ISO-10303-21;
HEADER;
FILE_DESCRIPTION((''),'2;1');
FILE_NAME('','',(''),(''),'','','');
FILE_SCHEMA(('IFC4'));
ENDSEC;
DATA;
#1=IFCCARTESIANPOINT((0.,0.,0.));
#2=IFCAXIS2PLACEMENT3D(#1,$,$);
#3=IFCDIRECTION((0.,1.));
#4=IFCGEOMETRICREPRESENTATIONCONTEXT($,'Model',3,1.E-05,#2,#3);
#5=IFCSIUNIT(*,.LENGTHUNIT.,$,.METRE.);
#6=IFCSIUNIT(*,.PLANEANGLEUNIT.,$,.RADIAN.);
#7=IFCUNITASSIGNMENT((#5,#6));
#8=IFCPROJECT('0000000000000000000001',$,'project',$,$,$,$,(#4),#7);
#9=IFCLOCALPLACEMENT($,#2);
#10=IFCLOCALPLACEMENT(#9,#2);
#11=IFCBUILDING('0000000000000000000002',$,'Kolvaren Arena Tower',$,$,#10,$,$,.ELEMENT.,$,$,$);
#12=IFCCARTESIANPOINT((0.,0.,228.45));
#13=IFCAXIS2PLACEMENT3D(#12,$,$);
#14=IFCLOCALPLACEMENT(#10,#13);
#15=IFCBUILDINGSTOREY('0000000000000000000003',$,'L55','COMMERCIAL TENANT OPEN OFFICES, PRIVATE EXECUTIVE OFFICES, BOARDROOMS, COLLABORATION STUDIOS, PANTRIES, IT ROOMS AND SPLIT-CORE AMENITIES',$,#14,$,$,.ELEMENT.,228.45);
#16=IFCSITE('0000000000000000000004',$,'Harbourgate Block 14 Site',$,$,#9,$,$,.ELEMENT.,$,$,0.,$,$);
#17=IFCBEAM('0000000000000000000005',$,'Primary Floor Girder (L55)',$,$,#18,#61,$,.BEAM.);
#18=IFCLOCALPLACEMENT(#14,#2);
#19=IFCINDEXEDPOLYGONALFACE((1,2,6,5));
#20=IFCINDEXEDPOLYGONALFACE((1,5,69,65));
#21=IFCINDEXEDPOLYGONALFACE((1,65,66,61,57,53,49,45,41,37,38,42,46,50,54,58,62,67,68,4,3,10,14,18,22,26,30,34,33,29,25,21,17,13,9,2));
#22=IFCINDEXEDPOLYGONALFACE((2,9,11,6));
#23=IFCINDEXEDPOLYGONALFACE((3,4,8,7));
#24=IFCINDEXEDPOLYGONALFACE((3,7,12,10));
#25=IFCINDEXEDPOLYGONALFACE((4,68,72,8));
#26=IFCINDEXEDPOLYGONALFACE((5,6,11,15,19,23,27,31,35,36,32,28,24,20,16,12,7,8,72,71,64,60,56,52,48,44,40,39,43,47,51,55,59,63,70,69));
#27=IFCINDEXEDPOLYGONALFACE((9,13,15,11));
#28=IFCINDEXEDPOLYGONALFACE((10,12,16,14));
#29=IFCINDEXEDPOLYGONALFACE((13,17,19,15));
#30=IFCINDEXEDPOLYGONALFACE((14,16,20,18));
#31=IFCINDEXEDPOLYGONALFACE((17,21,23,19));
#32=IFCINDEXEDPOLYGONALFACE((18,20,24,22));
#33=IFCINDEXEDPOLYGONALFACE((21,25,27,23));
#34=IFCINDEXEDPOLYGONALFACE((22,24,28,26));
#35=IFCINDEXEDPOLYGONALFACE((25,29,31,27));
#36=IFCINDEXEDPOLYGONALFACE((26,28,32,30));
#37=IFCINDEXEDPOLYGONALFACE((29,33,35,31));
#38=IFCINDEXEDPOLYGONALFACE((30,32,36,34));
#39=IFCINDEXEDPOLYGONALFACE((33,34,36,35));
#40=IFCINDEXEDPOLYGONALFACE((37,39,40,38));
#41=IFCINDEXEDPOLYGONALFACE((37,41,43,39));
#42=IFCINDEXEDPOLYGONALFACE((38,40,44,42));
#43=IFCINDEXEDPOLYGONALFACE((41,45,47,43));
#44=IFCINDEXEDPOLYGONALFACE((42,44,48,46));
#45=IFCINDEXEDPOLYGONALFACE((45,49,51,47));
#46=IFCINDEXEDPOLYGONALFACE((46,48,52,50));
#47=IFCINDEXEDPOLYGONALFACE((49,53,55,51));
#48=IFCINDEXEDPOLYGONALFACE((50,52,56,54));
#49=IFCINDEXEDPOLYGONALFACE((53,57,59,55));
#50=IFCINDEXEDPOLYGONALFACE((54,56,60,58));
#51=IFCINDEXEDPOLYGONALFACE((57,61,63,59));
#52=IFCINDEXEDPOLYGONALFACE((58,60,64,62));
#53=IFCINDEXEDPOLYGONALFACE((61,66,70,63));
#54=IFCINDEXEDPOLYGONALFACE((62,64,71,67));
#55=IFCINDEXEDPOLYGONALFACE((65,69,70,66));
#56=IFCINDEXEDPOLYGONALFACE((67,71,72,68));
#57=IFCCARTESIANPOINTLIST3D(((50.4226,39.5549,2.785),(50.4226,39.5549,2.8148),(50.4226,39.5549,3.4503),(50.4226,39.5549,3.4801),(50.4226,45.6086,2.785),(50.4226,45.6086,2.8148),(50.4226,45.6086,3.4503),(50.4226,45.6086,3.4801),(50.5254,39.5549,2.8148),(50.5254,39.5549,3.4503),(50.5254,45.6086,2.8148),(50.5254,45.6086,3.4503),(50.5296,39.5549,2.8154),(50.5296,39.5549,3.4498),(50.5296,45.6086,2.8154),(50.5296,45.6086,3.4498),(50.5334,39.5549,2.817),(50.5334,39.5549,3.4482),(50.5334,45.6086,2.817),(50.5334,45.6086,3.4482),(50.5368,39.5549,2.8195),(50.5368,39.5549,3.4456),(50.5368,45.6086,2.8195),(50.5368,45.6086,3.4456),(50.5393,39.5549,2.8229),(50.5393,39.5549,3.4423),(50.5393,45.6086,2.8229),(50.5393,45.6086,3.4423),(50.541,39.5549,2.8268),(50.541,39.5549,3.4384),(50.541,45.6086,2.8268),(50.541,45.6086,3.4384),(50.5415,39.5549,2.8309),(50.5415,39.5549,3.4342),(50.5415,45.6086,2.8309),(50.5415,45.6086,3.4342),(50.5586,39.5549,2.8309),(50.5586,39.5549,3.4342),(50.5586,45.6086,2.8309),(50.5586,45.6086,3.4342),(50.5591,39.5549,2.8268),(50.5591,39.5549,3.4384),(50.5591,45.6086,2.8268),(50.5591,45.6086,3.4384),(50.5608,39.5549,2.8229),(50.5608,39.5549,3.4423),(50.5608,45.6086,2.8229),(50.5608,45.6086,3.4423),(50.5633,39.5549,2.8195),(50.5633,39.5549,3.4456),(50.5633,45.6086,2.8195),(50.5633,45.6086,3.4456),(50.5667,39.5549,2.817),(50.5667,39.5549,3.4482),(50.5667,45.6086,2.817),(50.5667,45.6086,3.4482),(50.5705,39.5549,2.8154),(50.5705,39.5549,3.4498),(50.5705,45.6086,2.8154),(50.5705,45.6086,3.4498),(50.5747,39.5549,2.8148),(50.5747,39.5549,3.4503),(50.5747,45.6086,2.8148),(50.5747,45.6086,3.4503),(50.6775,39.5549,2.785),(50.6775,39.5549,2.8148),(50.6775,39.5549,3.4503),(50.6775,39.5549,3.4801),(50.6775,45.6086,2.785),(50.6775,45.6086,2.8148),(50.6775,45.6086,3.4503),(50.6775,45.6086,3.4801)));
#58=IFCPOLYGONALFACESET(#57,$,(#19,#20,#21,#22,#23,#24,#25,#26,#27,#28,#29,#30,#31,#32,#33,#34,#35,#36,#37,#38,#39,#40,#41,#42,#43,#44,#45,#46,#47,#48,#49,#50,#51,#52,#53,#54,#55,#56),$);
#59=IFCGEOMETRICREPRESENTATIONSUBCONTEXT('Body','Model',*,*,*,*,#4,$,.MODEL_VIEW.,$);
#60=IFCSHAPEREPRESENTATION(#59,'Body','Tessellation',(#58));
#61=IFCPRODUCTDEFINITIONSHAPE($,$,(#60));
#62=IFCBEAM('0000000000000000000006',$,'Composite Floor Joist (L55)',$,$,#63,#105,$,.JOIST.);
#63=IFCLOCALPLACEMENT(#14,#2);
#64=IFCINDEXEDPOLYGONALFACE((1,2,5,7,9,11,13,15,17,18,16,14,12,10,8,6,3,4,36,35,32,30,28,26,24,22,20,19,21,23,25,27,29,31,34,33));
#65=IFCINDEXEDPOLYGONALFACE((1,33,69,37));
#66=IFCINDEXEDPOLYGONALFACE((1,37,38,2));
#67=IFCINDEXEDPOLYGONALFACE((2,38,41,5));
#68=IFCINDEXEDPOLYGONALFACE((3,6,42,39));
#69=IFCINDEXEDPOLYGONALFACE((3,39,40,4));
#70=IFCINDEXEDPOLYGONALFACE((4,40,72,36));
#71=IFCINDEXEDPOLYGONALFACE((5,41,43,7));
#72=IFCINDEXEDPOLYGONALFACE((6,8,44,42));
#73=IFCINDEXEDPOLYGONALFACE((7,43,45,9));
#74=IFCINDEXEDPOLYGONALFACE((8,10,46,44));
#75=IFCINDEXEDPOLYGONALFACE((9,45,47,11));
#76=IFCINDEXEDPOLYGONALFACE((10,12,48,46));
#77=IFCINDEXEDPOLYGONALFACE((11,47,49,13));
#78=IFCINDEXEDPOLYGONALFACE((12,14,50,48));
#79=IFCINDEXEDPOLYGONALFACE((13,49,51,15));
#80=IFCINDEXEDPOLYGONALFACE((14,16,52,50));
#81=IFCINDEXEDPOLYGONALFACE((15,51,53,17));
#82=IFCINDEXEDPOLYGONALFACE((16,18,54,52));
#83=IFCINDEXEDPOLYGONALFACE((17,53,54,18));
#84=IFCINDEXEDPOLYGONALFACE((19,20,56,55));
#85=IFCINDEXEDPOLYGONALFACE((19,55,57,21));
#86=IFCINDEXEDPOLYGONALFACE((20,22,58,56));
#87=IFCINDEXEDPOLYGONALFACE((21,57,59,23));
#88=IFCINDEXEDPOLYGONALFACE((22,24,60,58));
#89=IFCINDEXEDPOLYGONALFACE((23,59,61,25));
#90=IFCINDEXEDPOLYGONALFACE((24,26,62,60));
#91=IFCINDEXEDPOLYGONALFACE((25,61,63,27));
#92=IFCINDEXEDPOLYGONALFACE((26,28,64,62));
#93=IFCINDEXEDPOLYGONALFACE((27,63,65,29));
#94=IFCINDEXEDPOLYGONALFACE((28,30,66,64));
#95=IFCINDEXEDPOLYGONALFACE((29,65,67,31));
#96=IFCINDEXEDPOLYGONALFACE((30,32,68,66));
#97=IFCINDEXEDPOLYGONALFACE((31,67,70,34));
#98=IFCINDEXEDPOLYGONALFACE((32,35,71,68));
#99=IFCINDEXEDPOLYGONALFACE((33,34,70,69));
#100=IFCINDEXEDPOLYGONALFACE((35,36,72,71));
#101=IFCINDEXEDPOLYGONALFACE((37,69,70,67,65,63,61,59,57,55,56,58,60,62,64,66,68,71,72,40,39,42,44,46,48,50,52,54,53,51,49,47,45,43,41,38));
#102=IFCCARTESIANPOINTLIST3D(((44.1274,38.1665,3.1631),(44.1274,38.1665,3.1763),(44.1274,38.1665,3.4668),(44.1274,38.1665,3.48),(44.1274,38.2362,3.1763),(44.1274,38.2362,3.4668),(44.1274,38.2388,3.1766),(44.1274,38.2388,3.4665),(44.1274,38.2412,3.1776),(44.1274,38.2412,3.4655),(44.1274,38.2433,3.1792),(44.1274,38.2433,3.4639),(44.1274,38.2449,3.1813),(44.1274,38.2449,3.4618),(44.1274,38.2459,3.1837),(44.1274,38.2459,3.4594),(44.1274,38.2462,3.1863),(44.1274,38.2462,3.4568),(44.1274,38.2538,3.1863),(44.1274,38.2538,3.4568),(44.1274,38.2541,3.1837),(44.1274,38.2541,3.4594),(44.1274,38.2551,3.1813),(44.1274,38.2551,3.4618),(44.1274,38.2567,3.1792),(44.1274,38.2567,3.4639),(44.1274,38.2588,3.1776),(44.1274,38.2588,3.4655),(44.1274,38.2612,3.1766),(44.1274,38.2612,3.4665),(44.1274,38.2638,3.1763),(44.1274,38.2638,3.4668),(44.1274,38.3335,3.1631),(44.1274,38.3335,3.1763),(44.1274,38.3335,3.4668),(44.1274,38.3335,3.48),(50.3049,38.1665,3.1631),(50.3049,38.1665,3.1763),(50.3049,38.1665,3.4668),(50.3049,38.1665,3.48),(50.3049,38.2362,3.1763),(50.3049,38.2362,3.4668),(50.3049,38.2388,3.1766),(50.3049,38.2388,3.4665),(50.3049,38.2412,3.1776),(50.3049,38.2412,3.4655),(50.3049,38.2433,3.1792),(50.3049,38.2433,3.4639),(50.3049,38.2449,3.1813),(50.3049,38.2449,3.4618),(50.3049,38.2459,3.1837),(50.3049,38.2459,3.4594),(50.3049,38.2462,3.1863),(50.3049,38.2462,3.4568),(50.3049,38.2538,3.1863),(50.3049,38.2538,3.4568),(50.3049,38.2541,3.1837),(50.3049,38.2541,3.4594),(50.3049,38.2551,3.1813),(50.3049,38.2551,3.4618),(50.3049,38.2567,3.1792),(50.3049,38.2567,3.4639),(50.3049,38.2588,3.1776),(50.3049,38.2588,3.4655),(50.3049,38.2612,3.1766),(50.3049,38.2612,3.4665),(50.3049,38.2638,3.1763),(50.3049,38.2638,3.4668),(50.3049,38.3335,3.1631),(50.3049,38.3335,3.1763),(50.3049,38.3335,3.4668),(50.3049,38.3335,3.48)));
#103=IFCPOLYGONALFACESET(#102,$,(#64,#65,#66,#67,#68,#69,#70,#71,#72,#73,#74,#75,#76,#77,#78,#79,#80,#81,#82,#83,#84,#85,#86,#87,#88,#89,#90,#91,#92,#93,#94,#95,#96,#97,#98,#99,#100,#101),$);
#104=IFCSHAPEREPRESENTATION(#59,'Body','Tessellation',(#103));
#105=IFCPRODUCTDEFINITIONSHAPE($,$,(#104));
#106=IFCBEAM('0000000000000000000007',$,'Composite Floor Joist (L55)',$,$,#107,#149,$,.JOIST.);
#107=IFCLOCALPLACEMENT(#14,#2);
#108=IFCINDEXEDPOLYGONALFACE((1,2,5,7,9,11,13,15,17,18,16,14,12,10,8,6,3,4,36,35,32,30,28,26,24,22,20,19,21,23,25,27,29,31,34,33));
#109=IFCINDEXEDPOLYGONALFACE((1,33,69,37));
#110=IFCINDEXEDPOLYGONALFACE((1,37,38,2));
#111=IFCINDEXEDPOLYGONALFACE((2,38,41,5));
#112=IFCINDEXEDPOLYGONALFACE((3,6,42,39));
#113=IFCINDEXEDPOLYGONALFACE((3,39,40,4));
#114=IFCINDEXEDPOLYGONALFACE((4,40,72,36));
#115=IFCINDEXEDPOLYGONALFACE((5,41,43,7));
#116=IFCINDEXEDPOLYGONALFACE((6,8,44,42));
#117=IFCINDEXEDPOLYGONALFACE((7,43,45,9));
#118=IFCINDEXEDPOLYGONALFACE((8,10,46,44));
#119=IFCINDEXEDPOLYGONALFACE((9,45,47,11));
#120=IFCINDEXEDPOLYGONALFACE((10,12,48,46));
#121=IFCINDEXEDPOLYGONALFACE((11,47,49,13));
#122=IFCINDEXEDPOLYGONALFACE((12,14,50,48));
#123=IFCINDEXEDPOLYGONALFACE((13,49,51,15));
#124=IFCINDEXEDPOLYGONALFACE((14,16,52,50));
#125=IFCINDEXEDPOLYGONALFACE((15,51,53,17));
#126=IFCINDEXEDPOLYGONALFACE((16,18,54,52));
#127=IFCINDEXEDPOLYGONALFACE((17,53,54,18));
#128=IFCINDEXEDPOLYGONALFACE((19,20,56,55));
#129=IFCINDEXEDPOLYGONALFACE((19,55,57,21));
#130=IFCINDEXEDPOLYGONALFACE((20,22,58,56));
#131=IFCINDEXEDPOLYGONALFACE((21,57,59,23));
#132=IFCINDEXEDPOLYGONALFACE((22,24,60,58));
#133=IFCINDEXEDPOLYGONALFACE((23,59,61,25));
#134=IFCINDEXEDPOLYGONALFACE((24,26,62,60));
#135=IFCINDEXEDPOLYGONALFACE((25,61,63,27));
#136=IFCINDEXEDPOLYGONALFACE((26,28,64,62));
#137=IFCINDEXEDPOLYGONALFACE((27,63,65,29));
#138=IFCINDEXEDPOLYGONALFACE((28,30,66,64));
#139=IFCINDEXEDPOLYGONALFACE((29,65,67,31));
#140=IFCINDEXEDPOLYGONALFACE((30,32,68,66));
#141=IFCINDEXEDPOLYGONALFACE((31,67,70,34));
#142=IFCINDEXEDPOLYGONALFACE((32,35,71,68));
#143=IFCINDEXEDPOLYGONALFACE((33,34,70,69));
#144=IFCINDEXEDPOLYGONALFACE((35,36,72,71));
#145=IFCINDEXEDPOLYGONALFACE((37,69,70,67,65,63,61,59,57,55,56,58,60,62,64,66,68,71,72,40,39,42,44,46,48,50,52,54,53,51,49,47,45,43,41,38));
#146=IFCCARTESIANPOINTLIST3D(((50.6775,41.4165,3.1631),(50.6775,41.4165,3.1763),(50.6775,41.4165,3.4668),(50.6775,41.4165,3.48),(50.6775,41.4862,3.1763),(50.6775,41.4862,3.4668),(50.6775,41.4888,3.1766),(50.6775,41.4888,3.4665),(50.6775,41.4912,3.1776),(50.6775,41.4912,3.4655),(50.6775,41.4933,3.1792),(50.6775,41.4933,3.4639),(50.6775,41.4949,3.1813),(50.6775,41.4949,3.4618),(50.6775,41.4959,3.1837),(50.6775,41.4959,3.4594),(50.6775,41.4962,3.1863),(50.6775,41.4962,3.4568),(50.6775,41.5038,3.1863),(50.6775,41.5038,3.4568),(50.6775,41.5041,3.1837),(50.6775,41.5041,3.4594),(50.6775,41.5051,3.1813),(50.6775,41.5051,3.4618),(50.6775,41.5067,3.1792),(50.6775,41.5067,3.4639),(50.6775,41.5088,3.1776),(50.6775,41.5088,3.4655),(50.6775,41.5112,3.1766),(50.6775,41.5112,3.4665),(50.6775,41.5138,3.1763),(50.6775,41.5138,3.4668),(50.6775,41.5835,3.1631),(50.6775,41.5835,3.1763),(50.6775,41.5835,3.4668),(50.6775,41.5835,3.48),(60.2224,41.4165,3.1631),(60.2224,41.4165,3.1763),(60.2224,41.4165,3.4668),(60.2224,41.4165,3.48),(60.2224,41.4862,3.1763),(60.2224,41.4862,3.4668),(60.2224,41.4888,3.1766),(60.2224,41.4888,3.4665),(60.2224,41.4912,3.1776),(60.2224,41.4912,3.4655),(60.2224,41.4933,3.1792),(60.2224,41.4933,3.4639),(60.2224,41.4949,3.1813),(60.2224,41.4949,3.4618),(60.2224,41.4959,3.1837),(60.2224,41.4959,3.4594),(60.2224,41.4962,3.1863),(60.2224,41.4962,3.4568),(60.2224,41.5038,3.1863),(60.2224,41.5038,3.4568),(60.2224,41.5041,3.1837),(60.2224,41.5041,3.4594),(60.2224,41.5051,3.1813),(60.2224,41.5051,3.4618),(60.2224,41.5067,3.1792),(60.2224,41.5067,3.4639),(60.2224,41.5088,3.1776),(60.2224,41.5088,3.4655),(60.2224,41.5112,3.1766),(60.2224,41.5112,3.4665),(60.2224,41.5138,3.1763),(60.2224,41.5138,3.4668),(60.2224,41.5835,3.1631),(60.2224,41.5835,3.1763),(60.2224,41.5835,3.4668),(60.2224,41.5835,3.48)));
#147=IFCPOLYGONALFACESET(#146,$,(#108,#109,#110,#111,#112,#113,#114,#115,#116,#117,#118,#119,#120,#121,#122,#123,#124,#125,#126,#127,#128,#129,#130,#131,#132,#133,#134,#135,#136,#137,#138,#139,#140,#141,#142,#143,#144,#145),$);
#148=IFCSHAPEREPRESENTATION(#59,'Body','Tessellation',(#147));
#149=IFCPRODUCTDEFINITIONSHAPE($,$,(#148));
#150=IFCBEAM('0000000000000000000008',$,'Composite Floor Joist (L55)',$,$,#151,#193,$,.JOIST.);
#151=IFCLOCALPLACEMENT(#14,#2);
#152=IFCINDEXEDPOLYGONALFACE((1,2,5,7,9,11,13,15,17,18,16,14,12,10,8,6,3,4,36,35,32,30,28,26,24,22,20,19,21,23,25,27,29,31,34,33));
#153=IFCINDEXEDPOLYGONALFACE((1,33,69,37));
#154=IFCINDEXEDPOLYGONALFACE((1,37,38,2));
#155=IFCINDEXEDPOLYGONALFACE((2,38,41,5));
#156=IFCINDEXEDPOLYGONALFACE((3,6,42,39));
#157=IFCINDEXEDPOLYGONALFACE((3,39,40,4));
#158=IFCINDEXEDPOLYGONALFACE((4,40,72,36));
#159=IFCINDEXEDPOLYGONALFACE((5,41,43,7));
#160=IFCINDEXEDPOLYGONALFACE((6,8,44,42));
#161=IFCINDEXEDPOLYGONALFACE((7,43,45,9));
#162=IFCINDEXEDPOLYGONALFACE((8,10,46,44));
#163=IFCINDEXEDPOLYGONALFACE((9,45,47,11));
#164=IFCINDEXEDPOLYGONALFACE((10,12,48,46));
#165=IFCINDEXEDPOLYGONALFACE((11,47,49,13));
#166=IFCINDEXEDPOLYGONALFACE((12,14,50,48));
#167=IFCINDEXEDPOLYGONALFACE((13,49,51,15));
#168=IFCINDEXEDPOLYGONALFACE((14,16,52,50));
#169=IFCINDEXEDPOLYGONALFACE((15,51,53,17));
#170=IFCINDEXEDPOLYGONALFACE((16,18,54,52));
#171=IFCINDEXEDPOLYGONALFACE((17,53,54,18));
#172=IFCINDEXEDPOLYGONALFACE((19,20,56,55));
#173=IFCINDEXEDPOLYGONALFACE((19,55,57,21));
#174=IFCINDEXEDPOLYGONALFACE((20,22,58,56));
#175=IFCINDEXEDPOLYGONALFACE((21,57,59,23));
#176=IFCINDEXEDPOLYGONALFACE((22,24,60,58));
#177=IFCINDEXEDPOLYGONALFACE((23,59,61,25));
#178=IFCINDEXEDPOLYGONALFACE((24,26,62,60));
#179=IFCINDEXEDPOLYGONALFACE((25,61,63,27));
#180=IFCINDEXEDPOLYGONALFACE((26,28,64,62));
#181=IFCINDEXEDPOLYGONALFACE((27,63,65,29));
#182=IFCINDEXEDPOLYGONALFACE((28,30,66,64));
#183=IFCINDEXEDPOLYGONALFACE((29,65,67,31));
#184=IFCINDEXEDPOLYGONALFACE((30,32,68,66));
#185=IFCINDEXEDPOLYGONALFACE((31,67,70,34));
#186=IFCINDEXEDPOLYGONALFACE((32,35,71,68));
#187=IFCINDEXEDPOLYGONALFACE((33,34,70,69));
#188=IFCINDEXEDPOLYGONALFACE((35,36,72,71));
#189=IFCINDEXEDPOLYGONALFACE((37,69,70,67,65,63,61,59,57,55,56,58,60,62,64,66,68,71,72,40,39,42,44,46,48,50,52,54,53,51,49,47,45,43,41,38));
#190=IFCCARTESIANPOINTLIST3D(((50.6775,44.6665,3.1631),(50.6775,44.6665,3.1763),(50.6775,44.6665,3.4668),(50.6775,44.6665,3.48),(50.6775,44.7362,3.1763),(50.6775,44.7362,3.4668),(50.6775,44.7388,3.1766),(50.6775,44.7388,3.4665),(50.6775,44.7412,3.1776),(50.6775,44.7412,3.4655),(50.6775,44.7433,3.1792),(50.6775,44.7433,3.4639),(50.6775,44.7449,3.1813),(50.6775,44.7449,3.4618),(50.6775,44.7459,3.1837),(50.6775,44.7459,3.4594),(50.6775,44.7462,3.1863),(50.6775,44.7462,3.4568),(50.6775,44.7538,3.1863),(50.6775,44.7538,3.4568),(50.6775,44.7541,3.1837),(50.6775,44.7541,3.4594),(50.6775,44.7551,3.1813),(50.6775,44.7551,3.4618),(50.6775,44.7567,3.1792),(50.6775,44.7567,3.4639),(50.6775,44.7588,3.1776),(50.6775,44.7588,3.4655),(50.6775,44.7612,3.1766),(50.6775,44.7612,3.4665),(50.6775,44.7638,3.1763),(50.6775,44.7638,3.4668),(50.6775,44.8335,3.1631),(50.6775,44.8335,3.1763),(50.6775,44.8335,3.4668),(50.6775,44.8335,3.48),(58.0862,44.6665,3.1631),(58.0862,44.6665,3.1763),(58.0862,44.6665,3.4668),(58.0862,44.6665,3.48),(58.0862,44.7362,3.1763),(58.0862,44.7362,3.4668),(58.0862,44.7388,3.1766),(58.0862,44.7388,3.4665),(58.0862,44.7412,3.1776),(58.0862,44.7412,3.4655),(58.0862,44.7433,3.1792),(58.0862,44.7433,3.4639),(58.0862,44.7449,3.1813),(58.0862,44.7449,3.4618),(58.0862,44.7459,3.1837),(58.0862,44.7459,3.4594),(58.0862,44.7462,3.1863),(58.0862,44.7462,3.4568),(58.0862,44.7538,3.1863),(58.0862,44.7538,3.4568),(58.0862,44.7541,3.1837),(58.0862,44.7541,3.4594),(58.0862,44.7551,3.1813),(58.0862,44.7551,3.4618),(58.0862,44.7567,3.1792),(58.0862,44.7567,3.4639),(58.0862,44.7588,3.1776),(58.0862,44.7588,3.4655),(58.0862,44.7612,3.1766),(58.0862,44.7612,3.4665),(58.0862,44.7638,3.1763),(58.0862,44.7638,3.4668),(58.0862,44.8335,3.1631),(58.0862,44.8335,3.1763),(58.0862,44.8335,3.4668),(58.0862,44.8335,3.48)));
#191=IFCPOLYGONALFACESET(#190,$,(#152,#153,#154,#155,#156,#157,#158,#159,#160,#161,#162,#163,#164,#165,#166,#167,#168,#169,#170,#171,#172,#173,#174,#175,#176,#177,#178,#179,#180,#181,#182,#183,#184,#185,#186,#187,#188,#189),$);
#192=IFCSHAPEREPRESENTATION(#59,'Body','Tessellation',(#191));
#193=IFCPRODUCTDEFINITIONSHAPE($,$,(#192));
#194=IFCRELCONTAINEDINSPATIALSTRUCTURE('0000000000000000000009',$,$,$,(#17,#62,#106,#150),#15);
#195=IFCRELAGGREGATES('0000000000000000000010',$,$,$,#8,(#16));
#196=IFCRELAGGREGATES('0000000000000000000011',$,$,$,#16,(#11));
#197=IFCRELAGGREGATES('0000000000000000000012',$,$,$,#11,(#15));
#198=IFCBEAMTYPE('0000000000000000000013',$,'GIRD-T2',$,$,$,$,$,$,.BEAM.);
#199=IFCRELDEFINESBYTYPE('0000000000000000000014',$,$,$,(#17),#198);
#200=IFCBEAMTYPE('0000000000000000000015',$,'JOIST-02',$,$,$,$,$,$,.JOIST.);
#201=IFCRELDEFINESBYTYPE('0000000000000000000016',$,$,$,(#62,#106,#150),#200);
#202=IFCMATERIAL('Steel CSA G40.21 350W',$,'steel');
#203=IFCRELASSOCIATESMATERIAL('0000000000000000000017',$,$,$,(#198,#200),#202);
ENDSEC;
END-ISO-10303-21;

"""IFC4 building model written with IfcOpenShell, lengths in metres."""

from ifc_helpers import new_model, si_unit, direction, frame, origin, origin_2d, place, context, subcontext, project, spatial, i_section, extrude, material, material_profile, profile_set, type_object, element, save


model = new_model("IFC4")

# Units and contexts
model_context = context("Model", 3, precision=1e-05, world=origin(), true_north=direction((0.0, 1.0)))
body_context = subcontext(model_context, "Body", "Model", "MODEL_VIEW")
ifc_project = project(units=[si_unit("LENGTHUNIT", "METRE"), si_unit("PLANEANGLEUNIT", "RADIAN")], contexts=[model_context])

# Site, building, storey
site_placement = place(None, origin())
site = spatial("IfcSite", under=ifc_project, at=site_placement, Name="Harbourgate Block 14 Site", CompositionType="ELEMENT", RefElevation=0.0)
building_placement = place(site_placement, origin())
building = spatial("IfcBuilding", under=site, at=building_placement, Name="Kolvaren Arena Tower", CompositionType="ELEMENT")
storey_placement = place(building_placement, frame((0.0, 0.0, 228.45)))
storey = spatial("IfcBuildingStorey", under=building, at=storey_placement, Name="L55", Description="COMMERCIAL TENANT OPEN OFFICES, PRIVATE EXECUTIVE OFFICES, BOARDROOMS, COLLABORATION STUDIOS, PANTRIES, IT ROOMS AND SPLIT-CORE AMENITIES", CompositionType="ELEMENT", Elevation=228.45)

# Beams
ifc_material_1 = material(Name="Steel CSA G40.21 350W", Category="steel")
ifc_material_profile_1 = material_profile(ifc_material_1, i_section(OverallWidth=0.2549, OverallDepth=0.6951, WebThickness=0.0171, FlangeThickness=0.0298, FilletRadius=0.0161, at=origin_2d()), Name="W690x217")
ifc_profile_set_1 = profile_set([ifc_material_profile_1], Name="Steel CSA G40.21 350W")
beam_type_1 = type_object("IfcBeamType", Name="GIRD-T2", PredefinedType="BEAM", material=ifc_profile_set_1)
beam_1_placement = place(storey_placement, frame((50.55, 39.5549, 3.1326), z_axis=(0.0, 1.0, 0.0), x_axis=(-1.0, 0.0, 0.0)))
element("IfcBeam", 1, at=beam_1_placement, inside=storey, type_object=beam_type_1, Name="Primary Floor Girder (L55)", PredefinedType="BEAM", context=body_context, shape_type="SweptSolid", body=[
    extrude(i_section(OverallWidth=0.2549, OverallDepth=0.6951, WebThickness=0.0171, FlangeThickness=0.0298, FilletRadius=0.0161, at=origin_2d()), origin(), (0.0, 0.0, 1.0), 6.0537),
])
ifc_material_profile_2 = material_profile(ifc_material_1, i_section(OverallWidth=0.167, OverallDepth=0.3169, WebThickness=0.0076, FlangeThickness=0.0132, FilletRadius=0.01, at=origin_2d()), Name="W310x52")
ifc_profile_set_2 = profile_set([ifc_material_profile_2], Name="Steel CSA G40.21 350W")
beam_type_2 = type_object("IfcBeamType", Name="JOIST-02", PredefinedType="JOIST", material=ifc_profile_set_2)
beam_2_placement = place(storey_placement, frame((44.1274, 38.25, 3.3215), z_axis=(1.0, 0.0, 0.0), x_axis=(0.0, 1.0, 0.0)))
element("IfcBeam", 2, at=beam_2_placement, inside=storey, type_object=beam_type_2, Name="Composite Floor Joist (L55)", PredefinedType="JOIST", context=body_context, shape_type="SweptSolid", body=[
    extrude(i_section(OverallWidth=0.167, OverallDepth=0.3169, WebThickness=0.0076, FlangeThickness=0.0132, FilletRadius=0.01, at=origin_2d()), origin(), (0.0, 0.0, 1.0), 6.1775),
])
beam_3_placement = place(storey_placement, frame((50.6775, 41.5, 3.3215), z_axis=(1.0, 0.0, 0.0), x_axis=(0.0, 1.0, 0.0)))
element("IfcBeam", 3, at=beam_3_placement, inside=storey, type_object=beam_type_2, Name="Composite Floor Joist (L55)", PredefinedType="JOIST", context=body_context, shape_type="SweptSolid", body=[
    extrude(i_section(OverallWidth=0.167, OverallDepth=0.3169, WebThickness=0.0076, FlangeThickness=0.0132, FilletRadius=0.01, at=origin_2d()), origin(), (0.0, 0.0, 1.0), 9.5449),
])
beam_4_placement = place(storey_placement, frame((50.6775, 44.75, 3.3215), z_axis=(1.0, 0.0, 0.0), x_axis=(0.0, 1.0, 0.0)))
element("IfcBeam", 4, at=beam_4_placement, inside=storey, type_object=beam_type_2, Name="Composite Floor Joist (L55)", PredefinedType="JOIST", context=body_context, shape_type="SweptSolid", body=[
    extrude(i_section(OverallWidth=0.167, OverallDepth=0.3169, WebThickness=0.0076, FlangeThickness=0.0132, FilletRadius=0.01, at=origin_2d()), origin(), (0.0, 0.0, 1.0), 7.4087),
])

save(model, "model.ifc")
